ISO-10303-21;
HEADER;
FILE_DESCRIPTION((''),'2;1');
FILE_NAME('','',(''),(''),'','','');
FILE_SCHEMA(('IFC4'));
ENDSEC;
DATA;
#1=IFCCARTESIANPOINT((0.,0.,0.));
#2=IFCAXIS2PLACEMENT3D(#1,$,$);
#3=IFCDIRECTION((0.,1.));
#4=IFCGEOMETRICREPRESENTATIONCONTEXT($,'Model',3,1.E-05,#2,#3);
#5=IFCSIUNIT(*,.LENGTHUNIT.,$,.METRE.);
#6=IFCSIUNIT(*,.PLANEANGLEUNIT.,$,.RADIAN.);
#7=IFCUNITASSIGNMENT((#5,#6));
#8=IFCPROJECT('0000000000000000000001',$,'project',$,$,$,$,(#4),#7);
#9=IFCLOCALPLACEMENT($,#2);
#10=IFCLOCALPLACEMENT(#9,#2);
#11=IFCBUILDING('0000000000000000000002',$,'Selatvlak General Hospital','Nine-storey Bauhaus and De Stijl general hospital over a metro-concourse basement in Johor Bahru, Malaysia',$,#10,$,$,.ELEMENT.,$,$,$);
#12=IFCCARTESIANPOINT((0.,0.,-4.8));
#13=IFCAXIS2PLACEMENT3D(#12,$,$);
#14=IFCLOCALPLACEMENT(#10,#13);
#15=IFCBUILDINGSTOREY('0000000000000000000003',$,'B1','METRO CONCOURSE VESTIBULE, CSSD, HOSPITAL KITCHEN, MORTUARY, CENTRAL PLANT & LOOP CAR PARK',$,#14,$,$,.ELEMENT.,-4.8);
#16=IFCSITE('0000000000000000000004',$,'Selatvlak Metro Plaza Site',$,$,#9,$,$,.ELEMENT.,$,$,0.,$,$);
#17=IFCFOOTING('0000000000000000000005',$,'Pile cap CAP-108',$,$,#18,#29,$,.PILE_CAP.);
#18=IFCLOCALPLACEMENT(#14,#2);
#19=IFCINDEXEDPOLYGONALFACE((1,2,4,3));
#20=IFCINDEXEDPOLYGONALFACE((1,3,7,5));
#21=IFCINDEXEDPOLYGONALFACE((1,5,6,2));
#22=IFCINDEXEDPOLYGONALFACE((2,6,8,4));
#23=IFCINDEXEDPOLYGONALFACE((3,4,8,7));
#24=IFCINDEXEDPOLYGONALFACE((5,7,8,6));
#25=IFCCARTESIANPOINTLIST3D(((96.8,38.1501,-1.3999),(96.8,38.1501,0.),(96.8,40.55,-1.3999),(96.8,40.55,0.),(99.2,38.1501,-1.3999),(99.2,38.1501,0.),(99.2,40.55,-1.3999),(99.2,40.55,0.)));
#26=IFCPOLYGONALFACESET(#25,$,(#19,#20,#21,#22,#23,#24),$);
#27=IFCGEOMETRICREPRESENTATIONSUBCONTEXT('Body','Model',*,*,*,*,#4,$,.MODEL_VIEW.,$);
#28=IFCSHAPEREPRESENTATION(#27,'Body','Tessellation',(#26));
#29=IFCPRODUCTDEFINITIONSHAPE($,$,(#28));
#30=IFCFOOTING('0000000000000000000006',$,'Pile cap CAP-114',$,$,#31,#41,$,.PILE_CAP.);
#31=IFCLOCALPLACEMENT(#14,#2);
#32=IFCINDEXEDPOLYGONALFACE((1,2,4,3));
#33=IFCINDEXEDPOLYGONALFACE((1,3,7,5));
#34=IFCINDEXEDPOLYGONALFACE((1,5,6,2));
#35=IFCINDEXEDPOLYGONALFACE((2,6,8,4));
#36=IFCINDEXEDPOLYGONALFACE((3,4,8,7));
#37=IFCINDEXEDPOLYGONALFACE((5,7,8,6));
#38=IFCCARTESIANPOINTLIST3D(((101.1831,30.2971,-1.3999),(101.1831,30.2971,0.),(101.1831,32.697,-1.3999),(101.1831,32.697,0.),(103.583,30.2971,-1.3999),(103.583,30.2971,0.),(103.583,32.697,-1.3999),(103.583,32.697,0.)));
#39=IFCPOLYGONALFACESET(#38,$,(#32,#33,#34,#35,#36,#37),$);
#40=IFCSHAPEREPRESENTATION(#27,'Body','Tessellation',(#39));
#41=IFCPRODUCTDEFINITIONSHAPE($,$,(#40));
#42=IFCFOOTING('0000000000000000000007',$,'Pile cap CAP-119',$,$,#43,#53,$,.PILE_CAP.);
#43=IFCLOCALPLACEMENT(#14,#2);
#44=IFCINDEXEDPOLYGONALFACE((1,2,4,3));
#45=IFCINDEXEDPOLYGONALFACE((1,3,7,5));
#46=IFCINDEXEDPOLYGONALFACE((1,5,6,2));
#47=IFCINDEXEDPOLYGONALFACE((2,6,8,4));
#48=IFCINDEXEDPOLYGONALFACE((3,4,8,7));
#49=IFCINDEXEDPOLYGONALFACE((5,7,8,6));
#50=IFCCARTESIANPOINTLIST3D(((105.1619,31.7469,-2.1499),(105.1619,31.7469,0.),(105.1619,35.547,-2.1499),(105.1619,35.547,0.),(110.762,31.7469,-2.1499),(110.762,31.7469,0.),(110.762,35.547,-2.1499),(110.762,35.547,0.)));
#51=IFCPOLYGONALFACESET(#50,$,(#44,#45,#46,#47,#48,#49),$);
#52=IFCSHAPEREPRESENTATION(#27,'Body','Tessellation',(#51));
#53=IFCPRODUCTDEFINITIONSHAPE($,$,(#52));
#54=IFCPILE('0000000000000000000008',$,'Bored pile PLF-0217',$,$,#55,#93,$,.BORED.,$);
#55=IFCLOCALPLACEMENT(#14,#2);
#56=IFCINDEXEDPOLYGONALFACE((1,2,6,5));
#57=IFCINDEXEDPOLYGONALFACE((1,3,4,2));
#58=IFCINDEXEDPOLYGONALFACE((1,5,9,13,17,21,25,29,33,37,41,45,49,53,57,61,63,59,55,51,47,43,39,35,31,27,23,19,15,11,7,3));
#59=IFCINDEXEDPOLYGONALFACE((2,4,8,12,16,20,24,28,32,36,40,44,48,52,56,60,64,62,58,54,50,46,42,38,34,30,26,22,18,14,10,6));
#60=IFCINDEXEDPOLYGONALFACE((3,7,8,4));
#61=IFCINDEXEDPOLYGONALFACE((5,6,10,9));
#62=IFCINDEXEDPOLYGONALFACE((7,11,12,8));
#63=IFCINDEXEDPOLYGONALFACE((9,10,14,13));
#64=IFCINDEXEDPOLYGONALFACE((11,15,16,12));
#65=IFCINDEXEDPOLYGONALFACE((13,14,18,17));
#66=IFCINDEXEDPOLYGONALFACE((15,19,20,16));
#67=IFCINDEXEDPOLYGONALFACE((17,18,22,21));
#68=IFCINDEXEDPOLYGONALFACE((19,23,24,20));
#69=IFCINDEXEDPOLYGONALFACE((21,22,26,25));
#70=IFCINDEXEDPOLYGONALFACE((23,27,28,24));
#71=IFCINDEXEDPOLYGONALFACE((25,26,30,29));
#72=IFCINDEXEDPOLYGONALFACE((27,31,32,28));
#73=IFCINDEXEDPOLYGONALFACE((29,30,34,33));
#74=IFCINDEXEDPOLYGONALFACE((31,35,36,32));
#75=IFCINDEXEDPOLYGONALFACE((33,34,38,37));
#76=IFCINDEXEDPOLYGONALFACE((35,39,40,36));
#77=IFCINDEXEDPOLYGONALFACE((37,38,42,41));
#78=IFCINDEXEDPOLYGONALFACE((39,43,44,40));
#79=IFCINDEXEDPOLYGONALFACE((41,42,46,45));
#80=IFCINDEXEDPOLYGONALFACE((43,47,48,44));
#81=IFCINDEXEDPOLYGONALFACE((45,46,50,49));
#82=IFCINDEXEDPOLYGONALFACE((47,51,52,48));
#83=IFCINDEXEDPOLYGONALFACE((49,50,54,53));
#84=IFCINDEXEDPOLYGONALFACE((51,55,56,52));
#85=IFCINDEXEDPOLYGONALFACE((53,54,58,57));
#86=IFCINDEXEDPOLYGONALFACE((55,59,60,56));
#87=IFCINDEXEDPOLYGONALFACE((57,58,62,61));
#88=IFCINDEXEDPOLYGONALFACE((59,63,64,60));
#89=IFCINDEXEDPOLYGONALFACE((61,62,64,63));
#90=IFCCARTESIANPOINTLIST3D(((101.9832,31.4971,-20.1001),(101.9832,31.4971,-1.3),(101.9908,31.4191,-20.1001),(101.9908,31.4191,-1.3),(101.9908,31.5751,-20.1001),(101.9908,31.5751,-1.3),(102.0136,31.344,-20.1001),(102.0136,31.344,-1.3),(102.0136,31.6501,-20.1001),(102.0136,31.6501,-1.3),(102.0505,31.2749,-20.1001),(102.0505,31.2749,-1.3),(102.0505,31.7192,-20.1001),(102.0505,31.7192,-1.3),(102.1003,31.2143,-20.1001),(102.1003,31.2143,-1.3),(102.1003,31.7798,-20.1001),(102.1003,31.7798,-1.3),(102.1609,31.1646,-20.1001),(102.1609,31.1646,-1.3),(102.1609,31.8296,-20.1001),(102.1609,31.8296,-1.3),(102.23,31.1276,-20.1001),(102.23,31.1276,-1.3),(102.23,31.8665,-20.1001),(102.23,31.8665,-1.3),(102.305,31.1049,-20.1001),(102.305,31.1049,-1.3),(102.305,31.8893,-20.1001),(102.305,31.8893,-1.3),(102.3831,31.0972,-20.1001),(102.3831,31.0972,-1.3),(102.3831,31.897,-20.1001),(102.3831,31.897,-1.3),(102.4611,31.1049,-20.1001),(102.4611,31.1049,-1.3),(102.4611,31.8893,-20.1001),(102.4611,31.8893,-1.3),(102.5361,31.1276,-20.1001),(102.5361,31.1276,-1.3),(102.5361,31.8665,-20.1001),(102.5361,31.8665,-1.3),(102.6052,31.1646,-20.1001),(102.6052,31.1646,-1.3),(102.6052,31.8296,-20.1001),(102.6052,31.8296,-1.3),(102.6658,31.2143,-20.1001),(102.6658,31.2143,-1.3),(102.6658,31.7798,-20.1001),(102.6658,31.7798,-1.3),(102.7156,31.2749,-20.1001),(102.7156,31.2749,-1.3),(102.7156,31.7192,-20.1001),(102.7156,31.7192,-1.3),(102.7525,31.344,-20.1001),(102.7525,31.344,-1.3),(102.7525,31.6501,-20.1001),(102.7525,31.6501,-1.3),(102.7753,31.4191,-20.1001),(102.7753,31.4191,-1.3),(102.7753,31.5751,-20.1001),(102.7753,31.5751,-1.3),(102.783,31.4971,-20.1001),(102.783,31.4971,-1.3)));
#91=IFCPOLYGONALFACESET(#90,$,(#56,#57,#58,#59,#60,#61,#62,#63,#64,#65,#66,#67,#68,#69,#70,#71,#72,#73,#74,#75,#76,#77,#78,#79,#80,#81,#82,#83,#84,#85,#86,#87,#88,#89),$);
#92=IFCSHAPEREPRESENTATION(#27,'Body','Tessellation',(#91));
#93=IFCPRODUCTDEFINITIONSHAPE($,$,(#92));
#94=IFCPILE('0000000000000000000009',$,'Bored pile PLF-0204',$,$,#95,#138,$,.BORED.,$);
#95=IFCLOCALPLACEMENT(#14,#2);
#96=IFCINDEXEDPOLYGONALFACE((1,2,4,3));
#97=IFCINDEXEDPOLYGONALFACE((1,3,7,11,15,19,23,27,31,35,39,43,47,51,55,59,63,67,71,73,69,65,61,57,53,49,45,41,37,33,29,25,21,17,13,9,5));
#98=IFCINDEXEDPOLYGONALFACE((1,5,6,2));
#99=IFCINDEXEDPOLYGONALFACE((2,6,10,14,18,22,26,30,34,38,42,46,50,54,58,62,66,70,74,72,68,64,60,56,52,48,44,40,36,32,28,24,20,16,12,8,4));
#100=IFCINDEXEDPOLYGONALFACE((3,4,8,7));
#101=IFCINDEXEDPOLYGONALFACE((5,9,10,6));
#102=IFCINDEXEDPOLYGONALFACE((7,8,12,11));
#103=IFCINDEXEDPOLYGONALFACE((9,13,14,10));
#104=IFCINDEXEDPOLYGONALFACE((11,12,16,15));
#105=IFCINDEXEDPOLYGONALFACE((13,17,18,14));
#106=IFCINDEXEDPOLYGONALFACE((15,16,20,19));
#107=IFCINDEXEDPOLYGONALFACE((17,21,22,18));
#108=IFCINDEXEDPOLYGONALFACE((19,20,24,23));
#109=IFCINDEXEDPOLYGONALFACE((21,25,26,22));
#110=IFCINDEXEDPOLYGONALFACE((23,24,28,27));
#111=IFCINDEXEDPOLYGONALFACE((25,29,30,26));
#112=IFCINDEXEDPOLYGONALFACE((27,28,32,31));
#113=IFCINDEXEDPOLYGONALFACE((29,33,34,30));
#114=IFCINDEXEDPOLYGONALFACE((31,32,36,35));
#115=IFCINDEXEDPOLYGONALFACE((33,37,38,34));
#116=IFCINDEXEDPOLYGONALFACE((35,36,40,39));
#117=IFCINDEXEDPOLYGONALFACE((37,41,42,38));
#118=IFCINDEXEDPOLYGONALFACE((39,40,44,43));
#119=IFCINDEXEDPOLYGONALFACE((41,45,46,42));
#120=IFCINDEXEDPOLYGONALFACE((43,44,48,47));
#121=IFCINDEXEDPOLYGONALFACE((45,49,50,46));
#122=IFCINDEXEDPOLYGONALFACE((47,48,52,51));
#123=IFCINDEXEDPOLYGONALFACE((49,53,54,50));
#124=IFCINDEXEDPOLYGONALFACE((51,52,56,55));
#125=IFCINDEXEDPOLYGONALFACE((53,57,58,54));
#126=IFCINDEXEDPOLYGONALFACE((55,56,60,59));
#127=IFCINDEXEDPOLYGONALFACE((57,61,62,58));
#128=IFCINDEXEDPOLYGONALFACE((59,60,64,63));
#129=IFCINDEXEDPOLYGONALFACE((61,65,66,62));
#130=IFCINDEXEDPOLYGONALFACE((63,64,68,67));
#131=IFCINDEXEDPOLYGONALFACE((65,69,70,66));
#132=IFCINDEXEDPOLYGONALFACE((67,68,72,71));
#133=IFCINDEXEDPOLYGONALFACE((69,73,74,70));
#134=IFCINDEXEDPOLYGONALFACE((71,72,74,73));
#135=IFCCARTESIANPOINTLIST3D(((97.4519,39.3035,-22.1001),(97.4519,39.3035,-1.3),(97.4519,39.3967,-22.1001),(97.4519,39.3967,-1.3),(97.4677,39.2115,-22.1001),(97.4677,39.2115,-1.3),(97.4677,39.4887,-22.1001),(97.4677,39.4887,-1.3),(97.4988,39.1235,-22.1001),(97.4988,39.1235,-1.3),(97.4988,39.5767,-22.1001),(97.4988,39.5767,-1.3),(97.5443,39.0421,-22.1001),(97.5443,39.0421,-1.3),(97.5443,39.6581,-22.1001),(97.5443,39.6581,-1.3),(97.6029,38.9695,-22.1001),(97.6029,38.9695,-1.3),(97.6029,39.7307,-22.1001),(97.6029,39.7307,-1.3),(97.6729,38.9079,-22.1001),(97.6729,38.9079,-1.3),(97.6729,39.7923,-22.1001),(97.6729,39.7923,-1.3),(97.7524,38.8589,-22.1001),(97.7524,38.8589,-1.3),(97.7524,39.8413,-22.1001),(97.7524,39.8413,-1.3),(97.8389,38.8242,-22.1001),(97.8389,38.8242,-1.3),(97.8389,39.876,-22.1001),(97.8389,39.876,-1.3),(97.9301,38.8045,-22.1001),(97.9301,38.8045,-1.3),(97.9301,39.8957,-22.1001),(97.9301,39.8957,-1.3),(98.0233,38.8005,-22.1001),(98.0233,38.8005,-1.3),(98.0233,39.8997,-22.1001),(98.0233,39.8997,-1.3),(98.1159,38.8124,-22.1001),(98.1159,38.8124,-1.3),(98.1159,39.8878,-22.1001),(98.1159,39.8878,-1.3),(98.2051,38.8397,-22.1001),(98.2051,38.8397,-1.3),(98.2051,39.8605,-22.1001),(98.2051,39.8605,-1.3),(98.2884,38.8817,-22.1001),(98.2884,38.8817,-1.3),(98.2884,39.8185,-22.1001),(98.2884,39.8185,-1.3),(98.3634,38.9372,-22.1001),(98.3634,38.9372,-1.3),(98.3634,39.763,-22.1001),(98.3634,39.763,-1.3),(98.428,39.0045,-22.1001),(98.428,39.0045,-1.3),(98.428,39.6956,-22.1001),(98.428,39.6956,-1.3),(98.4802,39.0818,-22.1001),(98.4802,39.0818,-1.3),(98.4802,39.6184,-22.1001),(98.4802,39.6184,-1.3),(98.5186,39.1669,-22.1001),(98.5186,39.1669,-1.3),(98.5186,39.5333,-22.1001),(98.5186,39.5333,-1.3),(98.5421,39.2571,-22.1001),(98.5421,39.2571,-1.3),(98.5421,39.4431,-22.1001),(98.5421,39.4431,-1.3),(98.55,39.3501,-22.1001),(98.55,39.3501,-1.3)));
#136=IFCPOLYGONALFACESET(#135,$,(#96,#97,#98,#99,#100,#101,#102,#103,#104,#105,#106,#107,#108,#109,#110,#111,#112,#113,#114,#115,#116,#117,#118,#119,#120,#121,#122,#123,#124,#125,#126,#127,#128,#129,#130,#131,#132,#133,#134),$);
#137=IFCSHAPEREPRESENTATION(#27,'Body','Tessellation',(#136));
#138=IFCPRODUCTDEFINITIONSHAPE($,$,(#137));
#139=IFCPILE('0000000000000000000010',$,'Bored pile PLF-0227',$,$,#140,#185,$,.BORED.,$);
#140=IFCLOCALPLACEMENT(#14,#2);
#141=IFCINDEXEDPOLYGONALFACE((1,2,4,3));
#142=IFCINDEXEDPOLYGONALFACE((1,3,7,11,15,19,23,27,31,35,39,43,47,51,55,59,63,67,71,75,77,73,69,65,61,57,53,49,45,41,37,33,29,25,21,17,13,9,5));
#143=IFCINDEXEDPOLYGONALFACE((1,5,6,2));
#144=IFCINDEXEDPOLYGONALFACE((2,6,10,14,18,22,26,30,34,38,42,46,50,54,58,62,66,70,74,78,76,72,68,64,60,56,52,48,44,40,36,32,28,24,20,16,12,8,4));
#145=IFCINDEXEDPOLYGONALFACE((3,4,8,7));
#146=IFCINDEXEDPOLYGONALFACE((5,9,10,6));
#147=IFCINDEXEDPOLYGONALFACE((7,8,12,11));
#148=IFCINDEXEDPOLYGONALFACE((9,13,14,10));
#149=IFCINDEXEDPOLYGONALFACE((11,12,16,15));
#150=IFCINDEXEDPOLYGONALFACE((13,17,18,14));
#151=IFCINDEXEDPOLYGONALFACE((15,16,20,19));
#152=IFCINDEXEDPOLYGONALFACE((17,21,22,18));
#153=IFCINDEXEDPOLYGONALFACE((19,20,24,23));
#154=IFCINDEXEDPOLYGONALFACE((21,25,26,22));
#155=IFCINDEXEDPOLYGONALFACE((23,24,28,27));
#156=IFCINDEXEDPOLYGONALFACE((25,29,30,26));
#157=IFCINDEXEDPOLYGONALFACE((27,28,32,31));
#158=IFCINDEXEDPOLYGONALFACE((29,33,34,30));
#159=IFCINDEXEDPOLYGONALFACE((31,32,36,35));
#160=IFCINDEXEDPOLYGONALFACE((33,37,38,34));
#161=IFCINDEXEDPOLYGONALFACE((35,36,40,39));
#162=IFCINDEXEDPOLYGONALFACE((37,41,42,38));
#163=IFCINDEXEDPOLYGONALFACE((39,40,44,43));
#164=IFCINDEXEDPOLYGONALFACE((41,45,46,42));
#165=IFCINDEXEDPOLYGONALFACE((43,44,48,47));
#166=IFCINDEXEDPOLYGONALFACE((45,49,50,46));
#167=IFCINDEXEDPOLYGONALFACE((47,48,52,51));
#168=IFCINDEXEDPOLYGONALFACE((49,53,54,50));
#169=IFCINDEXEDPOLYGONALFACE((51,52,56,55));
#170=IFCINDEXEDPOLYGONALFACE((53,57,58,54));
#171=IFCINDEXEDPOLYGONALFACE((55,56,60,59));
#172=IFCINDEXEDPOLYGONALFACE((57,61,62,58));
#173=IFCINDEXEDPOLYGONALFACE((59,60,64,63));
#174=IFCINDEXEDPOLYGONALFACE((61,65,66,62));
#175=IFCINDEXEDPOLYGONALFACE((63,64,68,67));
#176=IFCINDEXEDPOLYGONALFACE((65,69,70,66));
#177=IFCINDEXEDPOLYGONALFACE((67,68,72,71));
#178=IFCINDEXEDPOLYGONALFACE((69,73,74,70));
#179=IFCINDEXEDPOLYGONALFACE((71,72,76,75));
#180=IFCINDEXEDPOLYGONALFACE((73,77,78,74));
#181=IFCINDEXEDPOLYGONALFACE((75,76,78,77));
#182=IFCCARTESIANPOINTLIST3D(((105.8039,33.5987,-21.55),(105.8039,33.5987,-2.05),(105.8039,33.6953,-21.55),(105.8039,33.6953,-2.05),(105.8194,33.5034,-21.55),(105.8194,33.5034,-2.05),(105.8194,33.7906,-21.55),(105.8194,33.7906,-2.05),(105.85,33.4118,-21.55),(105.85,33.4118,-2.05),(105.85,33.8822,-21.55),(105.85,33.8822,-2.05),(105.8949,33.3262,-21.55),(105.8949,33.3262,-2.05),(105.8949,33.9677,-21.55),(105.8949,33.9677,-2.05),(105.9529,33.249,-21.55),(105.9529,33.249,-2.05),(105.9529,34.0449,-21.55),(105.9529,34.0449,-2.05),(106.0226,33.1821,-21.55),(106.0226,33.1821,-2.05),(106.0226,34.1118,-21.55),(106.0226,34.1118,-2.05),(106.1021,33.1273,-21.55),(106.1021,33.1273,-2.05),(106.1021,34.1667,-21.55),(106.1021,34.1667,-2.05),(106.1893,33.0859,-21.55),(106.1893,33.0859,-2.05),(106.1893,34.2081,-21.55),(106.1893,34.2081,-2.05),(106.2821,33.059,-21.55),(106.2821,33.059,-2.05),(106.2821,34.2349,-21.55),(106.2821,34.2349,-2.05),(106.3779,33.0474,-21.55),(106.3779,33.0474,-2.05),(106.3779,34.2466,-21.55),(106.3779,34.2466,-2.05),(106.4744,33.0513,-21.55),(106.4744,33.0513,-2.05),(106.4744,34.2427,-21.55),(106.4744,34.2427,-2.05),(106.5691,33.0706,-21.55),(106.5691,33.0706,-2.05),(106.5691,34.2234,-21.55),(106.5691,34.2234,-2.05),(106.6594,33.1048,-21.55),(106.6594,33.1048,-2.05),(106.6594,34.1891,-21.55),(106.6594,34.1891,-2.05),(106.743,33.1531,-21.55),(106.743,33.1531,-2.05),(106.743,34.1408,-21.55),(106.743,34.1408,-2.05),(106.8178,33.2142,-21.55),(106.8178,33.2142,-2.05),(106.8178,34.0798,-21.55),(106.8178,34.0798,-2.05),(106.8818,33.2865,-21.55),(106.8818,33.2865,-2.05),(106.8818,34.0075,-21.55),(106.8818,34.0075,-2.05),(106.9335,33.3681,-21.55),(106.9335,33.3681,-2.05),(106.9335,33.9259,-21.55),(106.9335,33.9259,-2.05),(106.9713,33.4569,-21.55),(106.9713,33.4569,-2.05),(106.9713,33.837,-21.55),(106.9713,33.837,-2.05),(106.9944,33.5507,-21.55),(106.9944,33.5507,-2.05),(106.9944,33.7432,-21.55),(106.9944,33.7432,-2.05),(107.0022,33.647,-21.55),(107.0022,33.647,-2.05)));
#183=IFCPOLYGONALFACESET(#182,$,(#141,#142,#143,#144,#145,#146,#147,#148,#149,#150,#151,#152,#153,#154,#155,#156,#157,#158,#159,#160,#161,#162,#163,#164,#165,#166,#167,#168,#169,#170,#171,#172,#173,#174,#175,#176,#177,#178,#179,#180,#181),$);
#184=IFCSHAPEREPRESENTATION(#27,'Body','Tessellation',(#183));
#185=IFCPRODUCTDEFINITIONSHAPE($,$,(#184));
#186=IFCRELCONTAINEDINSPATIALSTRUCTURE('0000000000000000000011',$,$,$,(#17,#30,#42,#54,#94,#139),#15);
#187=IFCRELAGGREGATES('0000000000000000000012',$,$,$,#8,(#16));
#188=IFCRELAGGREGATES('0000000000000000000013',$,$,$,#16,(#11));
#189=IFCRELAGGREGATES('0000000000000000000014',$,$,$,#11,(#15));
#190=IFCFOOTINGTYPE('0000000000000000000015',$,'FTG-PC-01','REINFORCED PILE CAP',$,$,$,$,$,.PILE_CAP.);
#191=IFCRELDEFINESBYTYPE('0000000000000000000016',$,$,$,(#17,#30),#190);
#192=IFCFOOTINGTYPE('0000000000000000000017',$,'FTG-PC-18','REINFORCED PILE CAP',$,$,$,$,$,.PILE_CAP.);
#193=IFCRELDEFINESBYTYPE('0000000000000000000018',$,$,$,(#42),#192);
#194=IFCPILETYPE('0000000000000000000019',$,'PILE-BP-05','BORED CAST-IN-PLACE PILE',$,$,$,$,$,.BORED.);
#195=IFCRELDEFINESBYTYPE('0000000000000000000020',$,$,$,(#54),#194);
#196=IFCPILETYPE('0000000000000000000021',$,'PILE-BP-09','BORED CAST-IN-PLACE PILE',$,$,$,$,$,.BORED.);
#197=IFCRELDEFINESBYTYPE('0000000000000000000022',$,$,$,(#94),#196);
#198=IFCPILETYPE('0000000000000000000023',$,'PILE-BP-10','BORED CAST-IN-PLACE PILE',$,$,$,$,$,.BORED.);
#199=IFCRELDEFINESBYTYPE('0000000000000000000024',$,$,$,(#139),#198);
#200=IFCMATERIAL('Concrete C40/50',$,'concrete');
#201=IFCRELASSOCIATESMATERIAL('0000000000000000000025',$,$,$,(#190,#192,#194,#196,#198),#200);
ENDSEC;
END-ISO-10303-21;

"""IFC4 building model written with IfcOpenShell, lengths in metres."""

from ifc_helpers import new_model, si_unit, direction, frame, origin, origin_2d, place, context, subcontext, project, spatial, rectangle, circle, extrude, material, material_profile, profile_set, type_object, element, save


model = new_model("IFC4")

# Units and contexts
model_context = context("Model", 3, precision=1e-05, world=origin(), true_north=direction((0.0, 1.0)))
body_context = subcontext(model_context, "Body", "Model", "MODEL_VIEW")
ifc_project = project(units=[si_unit("LENGTHUNIT", "METRE"), si_unit("PLANEANGLEUNIT", "RADIAN")], contexts=[model_context])

# Site, building, storey
site_placement = place(None, origin())
site = spatial("IfcSite", under=ifc_project, at=site_placement, Name="Selatvlak Metro Plaza Site", CompositionType="ELEMENT", RefElevation=0.0)
building_placement = place(site_placement, origin())
building = spatial("IfcBuilding", under=site, at=building_placement, Name="Selatvlak General Hospital", Description="Nine-storey Bauhaus and De Stijl general hospital over a metro-concourse basement in Johor Bahru, Malaysia", CompositionType="ELEMENT")
storey_placement = place(building_placement, frame((0.0, 0.0, -4.8)))
storey = spatial("IfcBuildingStorey", under=building, at=storey_placement, Name="B1", Description="METRO CONCOURSE VESTIBULE, CSSD, HOSPITAL KITCHEN, MORTUARY, CENTRAL PLANT & LOOP CAR PARK", CompositionType="ELEMENT", Elevation=-4.8)

# Footings
ifc_material_1 = material(Name="Concrete C40/50", Category="concrete")
footing_type_1 = type_object("IfcFootingType", Name="FTG-PC-01", Description="REINFORCED PILE CAP", PredefinedType="PILE_CAP", material=ifc_material_1)
for number, where, z_axis, x_axis, name in (
    (1, (98.0, 39.3501, -1.3999), (0.0, 0.0, 1.0), (1.0, 0.0, 0.0), "Pile cap CAP-108"),
    (2, (102.3831, 31.4971, -1.3999), (0.0, 0.0, 1.0), (1.0, 0.0, 0.0), "Pile cap CAP-114"),
):
    element("IfcFooting", number, at=place(storey_placement, frame(where, z_axis=z_axis, x_axis=x_axis)), inside=storey, type_object=footing_type_1, Name=name, PredefinedType="PILE_CAP", context=body_context, shape_type="SweptSolid", body=[
        extrude(rectangle(XDim=2.3999, YDim=2.3999, at=origin_2d()), origin(), (0.0, 0.0, 1.0), 1.3999),
    ])
footing_type_2 = type_object("IfcFootingType", Name="FTG-PC-18", Description="REINFORCED PILE CAP", PredefinedType="PILE_CAP", material=ifc_material_1)
footing_placement = place(storey_placement, frame((107.9619, 33.647, -2.1499), z_axis=(0.0, 0.0, 1.0), x_axis=(1.0, 0.0, 0.0)))
element("IfcFooting", 3, at=footing_placement, inside=storey, type_object=footing_type_2, Name="Pile cap CAP-119", PredefinedType="PILE_CAP", context=body_context, shape_type="SweptSolid", body=[
    extrude(rectangle(XDim=5.6001, YDim=3.8, at=origin_2d()), origin(), (0.0, 0.0, 1.0), 2.1499),
])

# Piles
ifc_material_profile_1 = material_profile(ifc_material_1, circle(Radius=0.3999, at=origin_2d()), Name="BORED PILE 800")
ifc_profile_set_1 = profile_set([ifc_material_profile_1], Name="Concrete C40/50")
pile_type_1 = type_object("IfcPileType", Name="PILE-BP-05", Description="BORED CAST-IN-PLACE PILE", PredefinedType="BORED", material=ifc_profile_set_1)
pile_1_placement = place(storey_placement, frame((102.3831, 31.4971, -1.3), z_axis=(0.0, 0.0, -1.0), x_axis=(1.0, 0.0, 0.0)))
element("IfcPile", 4, at=pile_1_placement, inside=storey, type_object=pile_type_1, Name="Bored pile PLF-0217", PredefinedType="BORED", context=body_context, shape_type="SweptSolid", body=[
    extrude(circle(Radius=0.3999, at=origin_2d()), origin(), (0.0, 0.0, 1.0), 18.8),
])
ifc_material_profile_2 = material_profile(ifc_material_1, circle(Radius=0.55, at=origin_2d()), Name="BORED PILE 1100")
ifc_profile_set_2 = profile_set([ifc_material_profile_2], Name="Concrete C40/50")
pile_type_2 = type_object("IfcPileType", Name="PILE-BP-09", Description="BORED CAST-IN-PLACE PILE", PredefinedType="BORED", material=ifc_profile_set_2)
pile_2_placement = place(storey_placement, frame((98.0, 39.3501, -1.3), z_axis=(0.0, 0.0, -1.0), x_axis=(1.0, 0.0, 0.0)))
element("IfcPile", 5, at=pile_2_placement, inside=storey, type_object=pile_type_2, Name="Bored pile PLF-0204", PredefinedType="BORED", context=body_context, shape_type="SweptSolid", body=[
    extrude(circle(Radius=0.55, at=origin_2d()), origin(), (0.0, 0.0, 1.0), 20.8),
])
ifc_material_profile_3 = material_profile(ifc_material_1, circle(Radius=0.6001, at=origin_2d()), Name="BORED PILE 1200")
ifc_profile_set_3 = profile_set([ifc_material_profile_3], Name="Concrete C40/50")
pile_type_3 = type_object("IfcPileType", Name="PILE-BP-10", Description="BORED CAST-IN-PLACE PILE", PredefinedType="BORED", material=ifc_profile_set_3)
for number, where, z_axis, x_axis, name in (
    (6, (106.4021, 33.647, -2.05), (0.0, 0.0, -1.0), (1.0, 0.0, 0.0), "Bored pile PLF-0227"),
):
    element("IfcPile", number, at=place(storey_placement, frame(where, z_axis=z_axis, x_axis=x_axis)), inside=storey, type_object=pile_type_3, Name=name, PredefinedType="BORED", context=body_context, shape_type="SweptSolid", body=[
        extrude(circle(Radius=0.6001, at=origin_2d()), origin(), (0.0, 0.0, 1.0), 19.5),
    ])

save(model, "model.ifc")
